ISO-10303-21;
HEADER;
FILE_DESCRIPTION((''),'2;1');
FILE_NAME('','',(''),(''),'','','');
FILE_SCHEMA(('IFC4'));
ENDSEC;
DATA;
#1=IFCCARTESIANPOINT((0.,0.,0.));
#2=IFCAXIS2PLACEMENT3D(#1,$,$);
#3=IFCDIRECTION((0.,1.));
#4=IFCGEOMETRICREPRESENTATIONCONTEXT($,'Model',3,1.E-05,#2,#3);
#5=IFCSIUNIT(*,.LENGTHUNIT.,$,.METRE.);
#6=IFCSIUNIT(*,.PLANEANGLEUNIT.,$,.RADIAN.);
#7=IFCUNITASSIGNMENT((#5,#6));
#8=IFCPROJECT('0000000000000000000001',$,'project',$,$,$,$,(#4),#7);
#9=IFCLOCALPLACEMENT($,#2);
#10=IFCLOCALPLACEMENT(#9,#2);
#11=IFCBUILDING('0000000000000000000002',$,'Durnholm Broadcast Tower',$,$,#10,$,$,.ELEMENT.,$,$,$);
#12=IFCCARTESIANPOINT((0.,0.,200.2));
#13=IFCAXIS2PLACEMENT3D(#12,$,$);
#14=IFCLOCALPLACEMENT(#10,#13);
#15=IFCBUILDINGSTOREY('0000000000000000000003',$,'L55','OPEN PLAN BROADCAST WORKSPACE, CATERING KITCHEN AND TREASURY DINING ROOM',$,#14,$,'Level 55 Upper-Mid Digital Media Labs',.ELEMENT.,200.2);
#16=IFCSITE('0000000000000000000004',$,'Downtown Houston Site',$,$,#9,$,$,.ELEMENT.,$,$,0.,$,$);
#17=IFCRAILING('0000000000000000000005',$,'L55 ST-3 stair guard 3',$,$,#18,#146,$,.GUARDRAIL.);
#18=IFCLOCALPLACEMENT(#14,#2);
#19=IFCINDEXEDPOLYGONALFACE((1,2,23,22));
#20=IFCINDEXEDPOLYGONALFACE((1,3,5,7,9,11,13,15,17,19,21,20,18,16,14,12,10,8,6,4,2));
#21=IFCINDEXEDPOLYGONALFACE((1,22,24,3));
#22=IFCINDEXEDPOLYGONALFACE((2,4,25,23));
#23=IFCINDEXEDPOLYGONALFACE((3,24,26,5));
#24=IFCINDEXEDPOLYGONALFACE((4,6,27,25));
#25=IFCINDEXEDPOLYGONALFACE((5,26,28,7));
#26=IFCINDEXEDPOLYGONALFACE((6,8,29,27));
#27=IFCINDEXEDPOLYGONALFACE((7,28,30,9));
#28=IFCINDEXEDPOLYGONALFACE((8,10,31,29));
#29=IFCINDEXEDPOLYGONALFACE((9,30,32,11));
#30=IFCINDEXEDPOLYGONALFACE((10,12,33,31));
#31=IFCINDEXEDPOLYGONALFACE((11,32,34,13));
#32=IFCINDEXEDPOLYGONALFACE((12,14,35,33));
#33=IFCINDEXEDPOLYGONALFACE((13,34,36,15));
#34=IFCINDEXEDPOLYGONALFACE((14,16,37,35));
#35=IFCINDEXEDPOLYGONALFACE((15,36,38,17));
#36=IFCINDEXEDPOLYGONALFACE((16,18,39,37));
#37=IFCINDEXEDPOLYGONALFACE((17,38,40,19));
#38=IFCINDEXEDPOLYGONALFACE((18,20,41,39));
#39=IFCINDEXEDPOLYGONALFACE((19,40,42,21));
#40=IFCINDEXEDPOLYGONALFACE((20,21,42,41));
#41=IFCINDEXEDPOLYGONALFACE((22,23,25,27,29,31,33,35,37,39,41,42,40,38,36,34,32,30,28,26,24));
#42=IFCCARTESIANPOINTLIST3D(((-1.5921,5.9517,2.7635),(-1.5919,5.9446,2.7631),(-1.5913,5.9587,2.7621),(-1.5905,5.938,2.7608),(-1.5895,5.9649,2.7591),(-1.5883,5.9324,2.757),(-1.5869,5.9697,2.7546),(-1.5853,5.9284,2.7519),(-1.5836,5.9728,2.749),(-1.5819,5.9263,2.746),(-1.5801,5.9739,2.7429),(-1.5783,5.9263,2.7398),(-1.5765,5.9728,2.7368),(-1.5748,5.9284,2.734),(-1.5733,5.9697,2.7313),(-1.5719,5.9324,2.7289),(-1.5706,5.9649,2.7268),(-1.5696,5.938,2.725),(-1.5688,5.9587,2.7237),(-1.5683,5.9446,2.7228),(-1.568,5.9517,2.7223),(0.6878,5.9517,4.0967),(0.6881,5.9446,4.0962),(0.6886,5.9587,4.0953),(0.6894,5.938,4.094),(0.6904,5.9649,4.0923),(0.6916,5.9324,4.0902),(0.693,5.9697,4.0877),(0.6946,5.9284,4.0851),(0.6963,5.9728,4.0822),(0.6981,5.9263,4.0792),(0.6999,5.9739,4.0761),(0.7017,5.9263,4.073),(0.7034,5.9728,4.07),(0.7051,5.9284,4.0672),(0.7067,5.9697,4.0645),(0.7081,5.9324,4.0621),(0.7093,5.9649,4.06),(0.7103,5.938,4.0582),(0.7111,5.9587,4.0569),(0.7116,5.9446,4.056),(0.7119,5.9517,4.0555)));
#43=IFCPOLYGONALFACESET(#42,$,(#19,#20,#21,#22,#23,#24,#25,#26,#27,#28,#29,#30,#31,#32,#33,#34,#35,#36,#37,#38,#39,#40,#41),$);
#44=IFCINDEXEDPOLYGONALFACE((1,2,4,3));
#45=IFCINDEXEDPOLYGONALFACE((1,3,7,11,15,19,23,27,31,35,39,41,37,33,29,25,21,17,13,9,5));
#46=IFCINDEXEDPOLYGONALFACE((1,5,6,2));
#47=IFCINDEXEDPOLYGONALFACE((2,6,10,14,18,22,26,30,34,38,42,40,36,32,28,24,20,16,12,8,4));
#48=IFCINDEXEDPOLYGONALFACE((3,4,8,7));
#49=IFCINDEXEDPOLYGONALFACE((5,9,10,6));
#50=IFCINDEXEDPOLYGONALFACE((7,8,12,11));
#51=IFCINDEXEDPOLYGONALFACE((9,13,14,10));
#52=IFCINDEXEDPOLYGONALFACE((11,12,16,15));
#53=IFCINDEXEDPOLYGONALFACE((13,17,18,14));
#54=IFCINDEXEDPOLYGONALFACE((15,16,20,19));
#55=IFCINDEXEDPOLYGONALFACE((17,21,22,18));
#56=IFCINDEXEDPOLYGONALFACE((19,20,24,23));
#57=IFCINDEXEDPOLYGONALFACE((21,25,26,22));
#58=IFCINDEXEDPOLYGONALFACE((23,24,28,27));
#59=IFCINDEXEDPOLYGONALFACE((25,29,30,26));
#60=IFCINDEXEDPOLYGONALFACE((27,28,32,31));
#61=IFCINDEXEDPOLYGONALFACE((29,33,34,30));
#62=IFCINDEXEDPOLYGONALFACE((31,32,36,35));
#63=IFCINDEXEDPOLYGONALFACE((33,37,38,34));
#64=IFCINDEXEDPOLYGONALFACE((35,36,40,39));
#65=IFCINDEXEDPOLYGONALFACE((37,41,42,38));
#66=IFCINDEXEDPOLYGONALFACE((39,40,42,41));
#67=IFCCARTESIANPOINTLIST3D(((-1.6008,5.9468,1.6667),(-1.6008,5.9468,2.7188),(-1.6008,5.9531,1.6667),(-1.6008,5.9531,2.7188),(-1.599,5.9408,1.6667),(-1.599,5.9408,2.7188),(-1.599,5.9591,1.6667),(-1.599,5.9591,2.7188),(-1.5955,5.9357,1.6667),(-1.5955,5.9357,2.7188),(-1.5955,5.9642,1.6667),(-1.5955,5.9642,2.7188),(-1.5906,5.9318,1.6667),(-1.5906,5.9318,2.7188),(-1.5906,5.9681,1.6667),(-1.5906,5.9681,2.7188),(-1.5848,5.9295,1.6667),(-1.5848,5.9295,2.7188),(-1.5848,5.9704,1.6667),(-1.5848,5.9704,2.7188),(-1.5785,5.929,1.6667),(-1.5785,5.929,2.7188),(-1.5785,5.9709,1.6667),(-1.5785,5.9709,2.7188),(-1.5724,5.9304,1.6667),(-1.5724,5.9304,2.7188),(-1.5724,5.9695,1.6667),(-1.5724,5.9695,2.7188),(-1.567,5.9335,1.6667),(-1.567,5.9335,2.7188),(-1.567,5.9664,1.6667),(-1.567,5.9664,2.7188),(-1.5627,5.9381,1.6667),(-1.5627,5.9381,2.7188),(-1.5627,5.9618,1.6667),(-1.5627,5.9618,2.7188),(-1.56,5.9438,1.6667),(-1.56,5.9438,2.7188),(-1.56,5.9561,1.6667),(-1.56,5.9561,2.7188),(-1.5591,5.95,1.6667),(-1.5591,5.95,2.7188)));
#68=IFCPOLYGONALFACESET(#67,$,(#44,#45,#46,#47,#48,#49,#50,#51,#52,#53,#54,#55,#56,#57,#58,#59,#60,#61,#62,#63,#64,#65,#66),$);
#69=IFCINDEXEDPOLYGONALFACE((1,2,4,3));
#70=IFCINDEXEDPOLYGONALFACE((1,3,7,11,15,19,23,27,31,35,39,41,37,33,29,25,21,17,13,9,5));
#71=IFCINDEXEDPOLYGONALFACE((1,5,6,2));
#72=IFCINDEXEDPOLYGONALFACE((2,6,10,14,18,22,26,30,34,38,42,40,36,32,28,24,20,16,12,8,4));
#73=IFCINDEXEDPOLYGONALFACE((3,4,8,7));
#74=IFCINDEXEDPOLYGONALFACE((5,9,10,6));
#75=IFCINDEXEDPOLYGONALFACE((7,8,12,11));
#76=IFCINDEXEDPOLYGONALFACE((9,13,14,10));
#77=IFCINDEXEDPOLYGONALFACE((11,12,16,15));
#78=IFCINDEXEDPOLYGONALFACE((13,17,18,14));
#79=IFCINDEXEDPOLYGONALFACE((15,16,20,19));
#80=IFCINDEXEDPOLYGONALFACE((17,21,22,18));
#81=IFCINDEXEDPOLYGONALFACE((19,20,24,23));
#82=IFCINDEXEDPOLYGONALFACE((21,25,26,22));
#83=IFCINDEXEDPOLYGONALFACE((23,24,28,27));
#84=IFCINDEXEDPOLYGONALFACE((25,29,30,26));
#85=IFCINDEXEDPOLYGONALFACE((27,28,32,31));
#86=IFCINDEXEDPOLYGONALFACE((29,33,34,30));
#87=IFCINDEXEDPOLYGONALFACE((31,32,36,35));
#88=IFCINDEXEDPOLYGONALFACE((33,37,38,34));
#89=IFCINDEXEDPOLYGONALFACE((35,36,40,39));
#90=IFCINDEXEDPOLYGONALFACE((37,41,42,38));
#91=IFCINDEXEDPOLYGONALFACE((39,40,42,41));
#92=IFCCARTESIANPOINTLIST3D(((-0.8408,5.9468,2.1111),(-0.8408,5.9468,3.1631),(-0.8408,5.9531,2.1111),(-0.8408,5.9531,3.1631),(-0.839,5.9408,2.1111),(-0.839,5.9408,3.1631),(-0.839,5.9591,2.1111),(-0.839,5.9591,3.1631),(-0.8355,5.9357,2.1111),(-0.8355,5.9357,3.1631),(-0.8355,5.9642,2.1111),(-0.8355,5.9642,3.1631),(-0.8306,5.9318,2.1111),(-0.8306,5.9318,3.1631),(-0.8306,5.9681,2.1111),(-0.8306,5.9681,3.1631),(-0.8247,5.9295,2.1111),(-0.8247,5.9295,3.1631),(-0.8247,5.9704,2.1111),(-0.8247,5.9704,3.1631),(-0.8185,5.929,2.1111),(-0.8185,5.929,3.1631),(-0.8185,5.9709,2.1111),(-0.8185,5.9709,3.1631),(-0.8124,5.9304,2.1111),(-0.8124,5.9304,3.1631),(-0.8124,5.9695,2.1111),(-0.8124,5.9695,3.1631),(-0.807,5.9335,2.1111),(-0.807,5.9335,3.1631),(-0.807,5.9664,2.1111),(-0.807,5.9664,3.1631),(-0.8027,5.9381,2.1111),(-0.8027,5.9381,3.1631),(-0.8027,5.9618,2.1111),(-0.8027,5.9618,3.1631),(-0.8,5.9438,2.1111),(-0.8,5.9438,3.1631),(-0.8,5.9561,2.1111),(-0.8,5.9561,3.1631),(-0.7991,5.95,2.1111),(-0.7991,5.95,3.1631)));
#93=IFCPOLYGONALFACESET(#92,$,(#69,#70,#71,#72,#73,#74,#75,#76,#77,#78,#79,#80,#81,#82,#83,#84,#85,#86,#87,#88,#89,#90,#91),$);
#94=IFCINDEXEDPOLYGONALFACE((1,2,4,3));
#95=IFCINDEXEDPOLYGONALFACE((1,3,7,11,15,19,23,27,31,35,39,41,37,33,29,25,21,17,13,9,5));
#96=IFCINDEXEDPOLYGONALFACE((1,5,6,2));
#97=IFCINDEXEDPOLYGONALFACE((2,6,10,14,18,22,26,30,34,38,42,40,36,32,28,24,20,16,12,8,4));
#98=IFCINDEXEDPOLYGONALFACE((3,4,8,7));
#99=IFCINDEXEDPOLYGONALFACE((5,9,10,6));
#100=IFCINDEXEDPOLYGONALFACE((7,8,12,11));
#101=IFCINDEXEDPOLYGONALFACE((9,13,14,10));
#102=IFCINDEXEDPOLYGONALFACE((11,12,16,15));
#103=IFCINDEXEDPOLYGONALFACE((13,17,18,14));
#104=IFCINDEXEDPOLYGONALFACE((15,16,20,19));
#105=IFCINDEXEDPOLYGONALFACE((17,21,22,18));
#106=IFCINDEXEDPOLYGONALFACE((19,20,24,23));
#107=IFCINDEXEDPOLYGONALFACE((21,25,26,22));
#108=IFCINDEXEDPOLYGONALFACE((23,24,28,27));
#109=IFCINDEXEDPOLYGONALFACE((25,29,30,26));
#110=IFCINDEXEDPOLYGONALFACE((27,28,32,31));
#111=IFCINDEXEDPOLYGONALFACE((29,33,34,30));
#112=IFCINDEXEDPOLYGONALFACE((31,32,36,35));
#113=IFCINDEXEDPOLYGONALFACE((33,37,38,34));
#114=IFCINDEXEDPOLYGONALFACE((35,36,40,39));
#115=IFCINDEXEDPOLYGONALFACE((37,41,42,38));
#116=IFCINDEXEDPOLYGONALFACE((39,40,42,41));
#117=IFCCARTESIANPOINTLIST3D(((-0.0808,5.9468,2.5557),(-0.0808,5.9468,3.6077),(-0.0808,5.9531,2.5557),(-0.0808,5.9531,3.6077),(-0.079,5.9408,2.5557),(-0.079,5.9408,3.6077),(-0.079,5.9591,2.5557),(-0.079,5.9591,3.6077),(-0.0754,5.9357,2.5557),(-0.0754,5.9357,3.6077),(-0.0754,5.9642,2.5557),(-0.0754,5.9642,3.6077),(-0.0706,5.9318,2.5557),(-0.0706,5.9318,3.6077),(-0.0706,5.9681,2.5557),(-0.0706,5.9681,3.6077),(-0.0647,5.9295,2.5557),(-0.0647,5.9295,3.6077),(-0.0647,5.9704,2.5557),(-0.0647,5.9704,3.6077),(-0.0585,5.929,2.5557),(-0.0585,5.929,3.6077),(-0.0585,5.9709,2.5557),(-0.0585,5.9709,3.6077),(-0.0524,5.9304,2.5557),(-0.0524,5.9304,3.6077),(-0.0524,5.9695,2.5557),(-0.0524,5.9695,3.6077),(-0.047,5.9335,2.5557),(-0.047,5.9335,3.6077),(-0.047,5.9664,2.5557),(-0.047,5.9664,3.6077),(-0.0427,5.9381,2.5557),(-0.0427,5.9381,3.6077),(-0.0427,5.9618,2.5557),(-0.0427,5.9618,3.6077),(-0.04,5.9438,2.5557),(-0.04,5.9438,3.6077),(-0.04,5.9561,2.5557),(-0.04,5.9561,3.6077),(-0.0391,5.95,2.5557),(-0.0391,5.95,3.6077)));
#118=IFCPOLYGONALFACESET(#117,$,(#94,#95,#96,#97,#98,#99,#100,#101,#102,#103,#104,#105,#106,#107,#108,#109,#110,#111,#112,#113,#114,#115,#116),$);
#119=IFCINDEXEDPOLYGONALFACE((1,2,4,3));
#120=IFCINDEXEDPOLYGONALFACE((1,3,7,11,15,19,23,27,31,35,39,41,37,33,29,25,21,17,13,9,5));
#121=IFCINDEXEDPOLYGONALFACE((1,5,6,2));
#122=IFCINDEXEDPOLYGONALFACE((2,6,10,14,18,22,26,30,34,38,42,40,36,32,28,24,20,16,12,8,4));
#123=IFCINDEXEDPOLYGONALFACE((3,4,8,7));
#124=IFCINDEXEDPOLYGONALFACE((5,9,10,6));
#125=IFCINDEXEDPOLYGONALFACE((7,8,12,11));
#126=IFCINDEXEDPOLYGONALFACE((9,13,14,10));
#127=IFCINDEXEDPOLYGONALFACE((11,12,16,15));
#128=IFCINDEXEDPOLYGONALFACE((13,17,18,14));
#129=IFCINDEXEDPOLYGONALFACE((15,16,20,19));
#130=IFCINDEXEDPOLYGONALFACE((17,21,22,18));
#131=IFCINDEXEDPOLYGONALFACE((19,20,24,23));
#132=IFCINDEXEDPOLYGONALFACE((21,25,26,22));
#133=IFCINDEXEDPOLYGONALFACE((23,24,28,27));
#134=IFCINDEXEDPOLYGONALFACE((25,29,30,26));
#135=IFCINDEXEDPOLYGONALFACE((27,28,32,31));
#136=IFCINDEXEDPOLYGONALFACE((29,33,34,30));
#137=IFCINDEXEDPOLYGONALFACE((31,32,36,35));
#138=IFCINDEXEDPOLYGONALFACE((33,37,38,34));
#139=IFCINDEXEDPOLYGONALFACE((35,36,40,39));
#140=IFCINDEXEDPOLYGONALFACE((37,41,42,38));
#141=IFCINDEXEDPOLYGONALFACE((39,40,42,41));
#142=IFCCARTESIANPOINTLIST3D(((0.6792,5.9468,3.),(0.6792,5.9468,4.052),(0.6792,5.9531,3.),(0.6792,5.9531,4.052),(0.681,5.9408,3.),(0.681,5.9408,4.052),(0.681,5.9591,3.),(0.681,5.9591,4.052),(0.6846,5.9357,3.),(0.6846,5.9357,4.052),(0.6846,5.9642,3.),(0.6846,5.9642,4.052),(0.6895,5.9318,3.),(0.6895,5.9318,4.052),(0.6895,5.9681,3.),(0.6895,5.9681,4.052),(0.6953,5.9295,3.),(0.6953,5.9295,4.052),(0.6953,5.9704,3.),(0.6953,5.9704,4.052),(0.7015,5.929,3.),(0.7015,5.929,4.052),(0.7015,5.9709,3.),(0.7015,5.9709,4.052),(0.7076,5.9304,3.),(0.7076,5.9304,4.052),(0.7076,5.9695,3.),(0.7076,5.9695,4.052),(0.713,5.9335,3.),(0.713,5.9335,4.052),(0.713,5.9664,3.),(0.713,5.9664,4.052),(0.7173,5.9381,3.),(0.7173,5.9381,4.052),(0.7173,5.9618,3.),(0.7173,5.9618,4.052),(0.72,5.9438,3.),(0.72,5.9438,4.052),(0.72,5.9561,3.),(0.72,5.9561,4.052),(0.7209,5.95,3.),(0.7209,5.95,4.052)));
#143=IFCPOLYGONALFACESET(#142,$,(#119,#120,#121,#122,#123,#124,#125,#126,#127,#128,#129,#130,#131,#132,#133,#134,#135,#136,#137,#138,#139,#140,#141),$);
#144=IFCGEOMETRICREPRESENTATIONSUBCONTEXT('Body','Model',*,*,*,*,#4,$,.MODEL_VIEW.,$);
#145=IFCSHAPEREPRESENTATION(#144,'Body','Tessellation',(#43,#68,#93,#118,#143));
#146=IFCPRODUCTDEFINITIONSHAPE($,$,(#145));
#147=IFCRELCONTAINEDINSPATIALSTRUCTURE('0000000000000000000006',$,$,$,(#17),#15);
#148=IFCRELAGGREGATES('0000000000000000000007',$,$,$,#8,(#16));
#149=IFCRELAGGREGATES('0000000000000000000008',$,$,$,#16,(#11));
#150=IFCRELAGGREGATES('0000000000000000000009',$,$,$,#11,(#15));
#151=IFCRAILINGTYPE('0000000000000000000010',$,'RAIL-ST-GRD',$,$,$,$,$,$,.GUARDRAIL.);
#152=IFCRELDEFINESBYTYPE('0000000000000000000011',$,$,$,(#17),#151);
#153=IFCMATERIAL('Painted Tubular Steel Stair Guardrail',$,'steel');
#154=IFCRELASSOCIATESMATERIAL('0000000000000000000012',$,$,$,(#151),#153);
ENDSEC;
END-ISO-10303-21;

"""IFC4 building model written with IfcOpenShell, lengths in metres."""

from ifc_helpers import new_model, si_unit, direction, frame, origin, origin_2d, place, context, subcontext, project, spatial, circle, extrude, material, type_object, element, save


model = new_model("IFC4")

# Units and contexts
model_context = context("Model", 3, precision=1e-05, world=origin(), true_north=direction((0.0, 1.0)))
body_context = subcontext(model_context, "Body", "Model", "MODEL_VIEW")
ifc_project = project(units=[si_unit("LENGTHUNIT", "METRE"), si_unit("PLANEANGLEUNIT", "RADIAN")], contexts=[model_context])

# Site, building, storey
site_placement = place(None, origin())
site = spatial("IfcSite", under=ifc_project, at=site_placement, Name="Downtown Houston Site", CompositionType="ELEMENT", RefElevation=0.0)
building_placement = place(site_placement, origin())
building = spatial("IfcBuilding", under=site, at=building_placement, Name="Durnholm Broadcast Tower", CompositionType="ELEMENT")
storey_placement = place(building_placement, frame((0.0, 0.0, 200.2)))
storey = spatial("IfcBuildingStorey", under=building, at=storey_placement, Name="L55", Description="OPEN PLAN BROADCAST WORKSPACE, CATERING KITCHEN AND TREASURY DINING ROOM", LongName="Level 55 Upper-Mid Digital Media Labs", CompositionType="ELEMENT", Elevation=200.2)

# Railing
ifc_material_1 = material(Name="Painted Tubular Steel Stair Guardrail", Category="steel")
railing_type_1 = type_object("IfcRailingType", Name="RAIL-ST-GRD", PredefinedType="GUARDRAIL", material=ifc_material_1)
railing_1_placement = place(storey_placement, frame((-1.5801, 5.95, 1.6667)))
element("IfcRailing", 1, at=railing_1_placement, inside=storey, type_object=railing_type_1, Name="L55 ST-3 stair guard 3", PredefinedType="GUARDRAIL", context=body_context, shape_type="SweptSolid", body=[
    extrude(circle(Radius=0.0239, at=origin_2d()), frame((0.0, 0.0, 1.0762), z_axis=(0.863245, 0.0, 0.504785), x_axis=(0.0, 1.0, 0.0)), (0.0, 0.0, 1.0), 2.6411),
    extrude(circle(Radius=0.021, at=origin_2d()), origin(), (0.0, 0.0, 1.0), 1.052),
    extrude(circle(Radius=0.021, at=origin_2d()), frame((0.76, 0.0, 0.4443)), (0.0, 0.0, 1.0), 1.052),
    extrude(circle(Radius=0.021, at=origin_2d()), frame((1.52, 0.0, 0.8889)), (0.0, 0.0, 1.0), 1.052),
    extrude(circle(Radius=0.021, at=origin_2d()), frame((2.28, 0.0, 1.3333)), (0.0, 0.0, 1.0), 1.052),
])

save(model, "model.ifc")
